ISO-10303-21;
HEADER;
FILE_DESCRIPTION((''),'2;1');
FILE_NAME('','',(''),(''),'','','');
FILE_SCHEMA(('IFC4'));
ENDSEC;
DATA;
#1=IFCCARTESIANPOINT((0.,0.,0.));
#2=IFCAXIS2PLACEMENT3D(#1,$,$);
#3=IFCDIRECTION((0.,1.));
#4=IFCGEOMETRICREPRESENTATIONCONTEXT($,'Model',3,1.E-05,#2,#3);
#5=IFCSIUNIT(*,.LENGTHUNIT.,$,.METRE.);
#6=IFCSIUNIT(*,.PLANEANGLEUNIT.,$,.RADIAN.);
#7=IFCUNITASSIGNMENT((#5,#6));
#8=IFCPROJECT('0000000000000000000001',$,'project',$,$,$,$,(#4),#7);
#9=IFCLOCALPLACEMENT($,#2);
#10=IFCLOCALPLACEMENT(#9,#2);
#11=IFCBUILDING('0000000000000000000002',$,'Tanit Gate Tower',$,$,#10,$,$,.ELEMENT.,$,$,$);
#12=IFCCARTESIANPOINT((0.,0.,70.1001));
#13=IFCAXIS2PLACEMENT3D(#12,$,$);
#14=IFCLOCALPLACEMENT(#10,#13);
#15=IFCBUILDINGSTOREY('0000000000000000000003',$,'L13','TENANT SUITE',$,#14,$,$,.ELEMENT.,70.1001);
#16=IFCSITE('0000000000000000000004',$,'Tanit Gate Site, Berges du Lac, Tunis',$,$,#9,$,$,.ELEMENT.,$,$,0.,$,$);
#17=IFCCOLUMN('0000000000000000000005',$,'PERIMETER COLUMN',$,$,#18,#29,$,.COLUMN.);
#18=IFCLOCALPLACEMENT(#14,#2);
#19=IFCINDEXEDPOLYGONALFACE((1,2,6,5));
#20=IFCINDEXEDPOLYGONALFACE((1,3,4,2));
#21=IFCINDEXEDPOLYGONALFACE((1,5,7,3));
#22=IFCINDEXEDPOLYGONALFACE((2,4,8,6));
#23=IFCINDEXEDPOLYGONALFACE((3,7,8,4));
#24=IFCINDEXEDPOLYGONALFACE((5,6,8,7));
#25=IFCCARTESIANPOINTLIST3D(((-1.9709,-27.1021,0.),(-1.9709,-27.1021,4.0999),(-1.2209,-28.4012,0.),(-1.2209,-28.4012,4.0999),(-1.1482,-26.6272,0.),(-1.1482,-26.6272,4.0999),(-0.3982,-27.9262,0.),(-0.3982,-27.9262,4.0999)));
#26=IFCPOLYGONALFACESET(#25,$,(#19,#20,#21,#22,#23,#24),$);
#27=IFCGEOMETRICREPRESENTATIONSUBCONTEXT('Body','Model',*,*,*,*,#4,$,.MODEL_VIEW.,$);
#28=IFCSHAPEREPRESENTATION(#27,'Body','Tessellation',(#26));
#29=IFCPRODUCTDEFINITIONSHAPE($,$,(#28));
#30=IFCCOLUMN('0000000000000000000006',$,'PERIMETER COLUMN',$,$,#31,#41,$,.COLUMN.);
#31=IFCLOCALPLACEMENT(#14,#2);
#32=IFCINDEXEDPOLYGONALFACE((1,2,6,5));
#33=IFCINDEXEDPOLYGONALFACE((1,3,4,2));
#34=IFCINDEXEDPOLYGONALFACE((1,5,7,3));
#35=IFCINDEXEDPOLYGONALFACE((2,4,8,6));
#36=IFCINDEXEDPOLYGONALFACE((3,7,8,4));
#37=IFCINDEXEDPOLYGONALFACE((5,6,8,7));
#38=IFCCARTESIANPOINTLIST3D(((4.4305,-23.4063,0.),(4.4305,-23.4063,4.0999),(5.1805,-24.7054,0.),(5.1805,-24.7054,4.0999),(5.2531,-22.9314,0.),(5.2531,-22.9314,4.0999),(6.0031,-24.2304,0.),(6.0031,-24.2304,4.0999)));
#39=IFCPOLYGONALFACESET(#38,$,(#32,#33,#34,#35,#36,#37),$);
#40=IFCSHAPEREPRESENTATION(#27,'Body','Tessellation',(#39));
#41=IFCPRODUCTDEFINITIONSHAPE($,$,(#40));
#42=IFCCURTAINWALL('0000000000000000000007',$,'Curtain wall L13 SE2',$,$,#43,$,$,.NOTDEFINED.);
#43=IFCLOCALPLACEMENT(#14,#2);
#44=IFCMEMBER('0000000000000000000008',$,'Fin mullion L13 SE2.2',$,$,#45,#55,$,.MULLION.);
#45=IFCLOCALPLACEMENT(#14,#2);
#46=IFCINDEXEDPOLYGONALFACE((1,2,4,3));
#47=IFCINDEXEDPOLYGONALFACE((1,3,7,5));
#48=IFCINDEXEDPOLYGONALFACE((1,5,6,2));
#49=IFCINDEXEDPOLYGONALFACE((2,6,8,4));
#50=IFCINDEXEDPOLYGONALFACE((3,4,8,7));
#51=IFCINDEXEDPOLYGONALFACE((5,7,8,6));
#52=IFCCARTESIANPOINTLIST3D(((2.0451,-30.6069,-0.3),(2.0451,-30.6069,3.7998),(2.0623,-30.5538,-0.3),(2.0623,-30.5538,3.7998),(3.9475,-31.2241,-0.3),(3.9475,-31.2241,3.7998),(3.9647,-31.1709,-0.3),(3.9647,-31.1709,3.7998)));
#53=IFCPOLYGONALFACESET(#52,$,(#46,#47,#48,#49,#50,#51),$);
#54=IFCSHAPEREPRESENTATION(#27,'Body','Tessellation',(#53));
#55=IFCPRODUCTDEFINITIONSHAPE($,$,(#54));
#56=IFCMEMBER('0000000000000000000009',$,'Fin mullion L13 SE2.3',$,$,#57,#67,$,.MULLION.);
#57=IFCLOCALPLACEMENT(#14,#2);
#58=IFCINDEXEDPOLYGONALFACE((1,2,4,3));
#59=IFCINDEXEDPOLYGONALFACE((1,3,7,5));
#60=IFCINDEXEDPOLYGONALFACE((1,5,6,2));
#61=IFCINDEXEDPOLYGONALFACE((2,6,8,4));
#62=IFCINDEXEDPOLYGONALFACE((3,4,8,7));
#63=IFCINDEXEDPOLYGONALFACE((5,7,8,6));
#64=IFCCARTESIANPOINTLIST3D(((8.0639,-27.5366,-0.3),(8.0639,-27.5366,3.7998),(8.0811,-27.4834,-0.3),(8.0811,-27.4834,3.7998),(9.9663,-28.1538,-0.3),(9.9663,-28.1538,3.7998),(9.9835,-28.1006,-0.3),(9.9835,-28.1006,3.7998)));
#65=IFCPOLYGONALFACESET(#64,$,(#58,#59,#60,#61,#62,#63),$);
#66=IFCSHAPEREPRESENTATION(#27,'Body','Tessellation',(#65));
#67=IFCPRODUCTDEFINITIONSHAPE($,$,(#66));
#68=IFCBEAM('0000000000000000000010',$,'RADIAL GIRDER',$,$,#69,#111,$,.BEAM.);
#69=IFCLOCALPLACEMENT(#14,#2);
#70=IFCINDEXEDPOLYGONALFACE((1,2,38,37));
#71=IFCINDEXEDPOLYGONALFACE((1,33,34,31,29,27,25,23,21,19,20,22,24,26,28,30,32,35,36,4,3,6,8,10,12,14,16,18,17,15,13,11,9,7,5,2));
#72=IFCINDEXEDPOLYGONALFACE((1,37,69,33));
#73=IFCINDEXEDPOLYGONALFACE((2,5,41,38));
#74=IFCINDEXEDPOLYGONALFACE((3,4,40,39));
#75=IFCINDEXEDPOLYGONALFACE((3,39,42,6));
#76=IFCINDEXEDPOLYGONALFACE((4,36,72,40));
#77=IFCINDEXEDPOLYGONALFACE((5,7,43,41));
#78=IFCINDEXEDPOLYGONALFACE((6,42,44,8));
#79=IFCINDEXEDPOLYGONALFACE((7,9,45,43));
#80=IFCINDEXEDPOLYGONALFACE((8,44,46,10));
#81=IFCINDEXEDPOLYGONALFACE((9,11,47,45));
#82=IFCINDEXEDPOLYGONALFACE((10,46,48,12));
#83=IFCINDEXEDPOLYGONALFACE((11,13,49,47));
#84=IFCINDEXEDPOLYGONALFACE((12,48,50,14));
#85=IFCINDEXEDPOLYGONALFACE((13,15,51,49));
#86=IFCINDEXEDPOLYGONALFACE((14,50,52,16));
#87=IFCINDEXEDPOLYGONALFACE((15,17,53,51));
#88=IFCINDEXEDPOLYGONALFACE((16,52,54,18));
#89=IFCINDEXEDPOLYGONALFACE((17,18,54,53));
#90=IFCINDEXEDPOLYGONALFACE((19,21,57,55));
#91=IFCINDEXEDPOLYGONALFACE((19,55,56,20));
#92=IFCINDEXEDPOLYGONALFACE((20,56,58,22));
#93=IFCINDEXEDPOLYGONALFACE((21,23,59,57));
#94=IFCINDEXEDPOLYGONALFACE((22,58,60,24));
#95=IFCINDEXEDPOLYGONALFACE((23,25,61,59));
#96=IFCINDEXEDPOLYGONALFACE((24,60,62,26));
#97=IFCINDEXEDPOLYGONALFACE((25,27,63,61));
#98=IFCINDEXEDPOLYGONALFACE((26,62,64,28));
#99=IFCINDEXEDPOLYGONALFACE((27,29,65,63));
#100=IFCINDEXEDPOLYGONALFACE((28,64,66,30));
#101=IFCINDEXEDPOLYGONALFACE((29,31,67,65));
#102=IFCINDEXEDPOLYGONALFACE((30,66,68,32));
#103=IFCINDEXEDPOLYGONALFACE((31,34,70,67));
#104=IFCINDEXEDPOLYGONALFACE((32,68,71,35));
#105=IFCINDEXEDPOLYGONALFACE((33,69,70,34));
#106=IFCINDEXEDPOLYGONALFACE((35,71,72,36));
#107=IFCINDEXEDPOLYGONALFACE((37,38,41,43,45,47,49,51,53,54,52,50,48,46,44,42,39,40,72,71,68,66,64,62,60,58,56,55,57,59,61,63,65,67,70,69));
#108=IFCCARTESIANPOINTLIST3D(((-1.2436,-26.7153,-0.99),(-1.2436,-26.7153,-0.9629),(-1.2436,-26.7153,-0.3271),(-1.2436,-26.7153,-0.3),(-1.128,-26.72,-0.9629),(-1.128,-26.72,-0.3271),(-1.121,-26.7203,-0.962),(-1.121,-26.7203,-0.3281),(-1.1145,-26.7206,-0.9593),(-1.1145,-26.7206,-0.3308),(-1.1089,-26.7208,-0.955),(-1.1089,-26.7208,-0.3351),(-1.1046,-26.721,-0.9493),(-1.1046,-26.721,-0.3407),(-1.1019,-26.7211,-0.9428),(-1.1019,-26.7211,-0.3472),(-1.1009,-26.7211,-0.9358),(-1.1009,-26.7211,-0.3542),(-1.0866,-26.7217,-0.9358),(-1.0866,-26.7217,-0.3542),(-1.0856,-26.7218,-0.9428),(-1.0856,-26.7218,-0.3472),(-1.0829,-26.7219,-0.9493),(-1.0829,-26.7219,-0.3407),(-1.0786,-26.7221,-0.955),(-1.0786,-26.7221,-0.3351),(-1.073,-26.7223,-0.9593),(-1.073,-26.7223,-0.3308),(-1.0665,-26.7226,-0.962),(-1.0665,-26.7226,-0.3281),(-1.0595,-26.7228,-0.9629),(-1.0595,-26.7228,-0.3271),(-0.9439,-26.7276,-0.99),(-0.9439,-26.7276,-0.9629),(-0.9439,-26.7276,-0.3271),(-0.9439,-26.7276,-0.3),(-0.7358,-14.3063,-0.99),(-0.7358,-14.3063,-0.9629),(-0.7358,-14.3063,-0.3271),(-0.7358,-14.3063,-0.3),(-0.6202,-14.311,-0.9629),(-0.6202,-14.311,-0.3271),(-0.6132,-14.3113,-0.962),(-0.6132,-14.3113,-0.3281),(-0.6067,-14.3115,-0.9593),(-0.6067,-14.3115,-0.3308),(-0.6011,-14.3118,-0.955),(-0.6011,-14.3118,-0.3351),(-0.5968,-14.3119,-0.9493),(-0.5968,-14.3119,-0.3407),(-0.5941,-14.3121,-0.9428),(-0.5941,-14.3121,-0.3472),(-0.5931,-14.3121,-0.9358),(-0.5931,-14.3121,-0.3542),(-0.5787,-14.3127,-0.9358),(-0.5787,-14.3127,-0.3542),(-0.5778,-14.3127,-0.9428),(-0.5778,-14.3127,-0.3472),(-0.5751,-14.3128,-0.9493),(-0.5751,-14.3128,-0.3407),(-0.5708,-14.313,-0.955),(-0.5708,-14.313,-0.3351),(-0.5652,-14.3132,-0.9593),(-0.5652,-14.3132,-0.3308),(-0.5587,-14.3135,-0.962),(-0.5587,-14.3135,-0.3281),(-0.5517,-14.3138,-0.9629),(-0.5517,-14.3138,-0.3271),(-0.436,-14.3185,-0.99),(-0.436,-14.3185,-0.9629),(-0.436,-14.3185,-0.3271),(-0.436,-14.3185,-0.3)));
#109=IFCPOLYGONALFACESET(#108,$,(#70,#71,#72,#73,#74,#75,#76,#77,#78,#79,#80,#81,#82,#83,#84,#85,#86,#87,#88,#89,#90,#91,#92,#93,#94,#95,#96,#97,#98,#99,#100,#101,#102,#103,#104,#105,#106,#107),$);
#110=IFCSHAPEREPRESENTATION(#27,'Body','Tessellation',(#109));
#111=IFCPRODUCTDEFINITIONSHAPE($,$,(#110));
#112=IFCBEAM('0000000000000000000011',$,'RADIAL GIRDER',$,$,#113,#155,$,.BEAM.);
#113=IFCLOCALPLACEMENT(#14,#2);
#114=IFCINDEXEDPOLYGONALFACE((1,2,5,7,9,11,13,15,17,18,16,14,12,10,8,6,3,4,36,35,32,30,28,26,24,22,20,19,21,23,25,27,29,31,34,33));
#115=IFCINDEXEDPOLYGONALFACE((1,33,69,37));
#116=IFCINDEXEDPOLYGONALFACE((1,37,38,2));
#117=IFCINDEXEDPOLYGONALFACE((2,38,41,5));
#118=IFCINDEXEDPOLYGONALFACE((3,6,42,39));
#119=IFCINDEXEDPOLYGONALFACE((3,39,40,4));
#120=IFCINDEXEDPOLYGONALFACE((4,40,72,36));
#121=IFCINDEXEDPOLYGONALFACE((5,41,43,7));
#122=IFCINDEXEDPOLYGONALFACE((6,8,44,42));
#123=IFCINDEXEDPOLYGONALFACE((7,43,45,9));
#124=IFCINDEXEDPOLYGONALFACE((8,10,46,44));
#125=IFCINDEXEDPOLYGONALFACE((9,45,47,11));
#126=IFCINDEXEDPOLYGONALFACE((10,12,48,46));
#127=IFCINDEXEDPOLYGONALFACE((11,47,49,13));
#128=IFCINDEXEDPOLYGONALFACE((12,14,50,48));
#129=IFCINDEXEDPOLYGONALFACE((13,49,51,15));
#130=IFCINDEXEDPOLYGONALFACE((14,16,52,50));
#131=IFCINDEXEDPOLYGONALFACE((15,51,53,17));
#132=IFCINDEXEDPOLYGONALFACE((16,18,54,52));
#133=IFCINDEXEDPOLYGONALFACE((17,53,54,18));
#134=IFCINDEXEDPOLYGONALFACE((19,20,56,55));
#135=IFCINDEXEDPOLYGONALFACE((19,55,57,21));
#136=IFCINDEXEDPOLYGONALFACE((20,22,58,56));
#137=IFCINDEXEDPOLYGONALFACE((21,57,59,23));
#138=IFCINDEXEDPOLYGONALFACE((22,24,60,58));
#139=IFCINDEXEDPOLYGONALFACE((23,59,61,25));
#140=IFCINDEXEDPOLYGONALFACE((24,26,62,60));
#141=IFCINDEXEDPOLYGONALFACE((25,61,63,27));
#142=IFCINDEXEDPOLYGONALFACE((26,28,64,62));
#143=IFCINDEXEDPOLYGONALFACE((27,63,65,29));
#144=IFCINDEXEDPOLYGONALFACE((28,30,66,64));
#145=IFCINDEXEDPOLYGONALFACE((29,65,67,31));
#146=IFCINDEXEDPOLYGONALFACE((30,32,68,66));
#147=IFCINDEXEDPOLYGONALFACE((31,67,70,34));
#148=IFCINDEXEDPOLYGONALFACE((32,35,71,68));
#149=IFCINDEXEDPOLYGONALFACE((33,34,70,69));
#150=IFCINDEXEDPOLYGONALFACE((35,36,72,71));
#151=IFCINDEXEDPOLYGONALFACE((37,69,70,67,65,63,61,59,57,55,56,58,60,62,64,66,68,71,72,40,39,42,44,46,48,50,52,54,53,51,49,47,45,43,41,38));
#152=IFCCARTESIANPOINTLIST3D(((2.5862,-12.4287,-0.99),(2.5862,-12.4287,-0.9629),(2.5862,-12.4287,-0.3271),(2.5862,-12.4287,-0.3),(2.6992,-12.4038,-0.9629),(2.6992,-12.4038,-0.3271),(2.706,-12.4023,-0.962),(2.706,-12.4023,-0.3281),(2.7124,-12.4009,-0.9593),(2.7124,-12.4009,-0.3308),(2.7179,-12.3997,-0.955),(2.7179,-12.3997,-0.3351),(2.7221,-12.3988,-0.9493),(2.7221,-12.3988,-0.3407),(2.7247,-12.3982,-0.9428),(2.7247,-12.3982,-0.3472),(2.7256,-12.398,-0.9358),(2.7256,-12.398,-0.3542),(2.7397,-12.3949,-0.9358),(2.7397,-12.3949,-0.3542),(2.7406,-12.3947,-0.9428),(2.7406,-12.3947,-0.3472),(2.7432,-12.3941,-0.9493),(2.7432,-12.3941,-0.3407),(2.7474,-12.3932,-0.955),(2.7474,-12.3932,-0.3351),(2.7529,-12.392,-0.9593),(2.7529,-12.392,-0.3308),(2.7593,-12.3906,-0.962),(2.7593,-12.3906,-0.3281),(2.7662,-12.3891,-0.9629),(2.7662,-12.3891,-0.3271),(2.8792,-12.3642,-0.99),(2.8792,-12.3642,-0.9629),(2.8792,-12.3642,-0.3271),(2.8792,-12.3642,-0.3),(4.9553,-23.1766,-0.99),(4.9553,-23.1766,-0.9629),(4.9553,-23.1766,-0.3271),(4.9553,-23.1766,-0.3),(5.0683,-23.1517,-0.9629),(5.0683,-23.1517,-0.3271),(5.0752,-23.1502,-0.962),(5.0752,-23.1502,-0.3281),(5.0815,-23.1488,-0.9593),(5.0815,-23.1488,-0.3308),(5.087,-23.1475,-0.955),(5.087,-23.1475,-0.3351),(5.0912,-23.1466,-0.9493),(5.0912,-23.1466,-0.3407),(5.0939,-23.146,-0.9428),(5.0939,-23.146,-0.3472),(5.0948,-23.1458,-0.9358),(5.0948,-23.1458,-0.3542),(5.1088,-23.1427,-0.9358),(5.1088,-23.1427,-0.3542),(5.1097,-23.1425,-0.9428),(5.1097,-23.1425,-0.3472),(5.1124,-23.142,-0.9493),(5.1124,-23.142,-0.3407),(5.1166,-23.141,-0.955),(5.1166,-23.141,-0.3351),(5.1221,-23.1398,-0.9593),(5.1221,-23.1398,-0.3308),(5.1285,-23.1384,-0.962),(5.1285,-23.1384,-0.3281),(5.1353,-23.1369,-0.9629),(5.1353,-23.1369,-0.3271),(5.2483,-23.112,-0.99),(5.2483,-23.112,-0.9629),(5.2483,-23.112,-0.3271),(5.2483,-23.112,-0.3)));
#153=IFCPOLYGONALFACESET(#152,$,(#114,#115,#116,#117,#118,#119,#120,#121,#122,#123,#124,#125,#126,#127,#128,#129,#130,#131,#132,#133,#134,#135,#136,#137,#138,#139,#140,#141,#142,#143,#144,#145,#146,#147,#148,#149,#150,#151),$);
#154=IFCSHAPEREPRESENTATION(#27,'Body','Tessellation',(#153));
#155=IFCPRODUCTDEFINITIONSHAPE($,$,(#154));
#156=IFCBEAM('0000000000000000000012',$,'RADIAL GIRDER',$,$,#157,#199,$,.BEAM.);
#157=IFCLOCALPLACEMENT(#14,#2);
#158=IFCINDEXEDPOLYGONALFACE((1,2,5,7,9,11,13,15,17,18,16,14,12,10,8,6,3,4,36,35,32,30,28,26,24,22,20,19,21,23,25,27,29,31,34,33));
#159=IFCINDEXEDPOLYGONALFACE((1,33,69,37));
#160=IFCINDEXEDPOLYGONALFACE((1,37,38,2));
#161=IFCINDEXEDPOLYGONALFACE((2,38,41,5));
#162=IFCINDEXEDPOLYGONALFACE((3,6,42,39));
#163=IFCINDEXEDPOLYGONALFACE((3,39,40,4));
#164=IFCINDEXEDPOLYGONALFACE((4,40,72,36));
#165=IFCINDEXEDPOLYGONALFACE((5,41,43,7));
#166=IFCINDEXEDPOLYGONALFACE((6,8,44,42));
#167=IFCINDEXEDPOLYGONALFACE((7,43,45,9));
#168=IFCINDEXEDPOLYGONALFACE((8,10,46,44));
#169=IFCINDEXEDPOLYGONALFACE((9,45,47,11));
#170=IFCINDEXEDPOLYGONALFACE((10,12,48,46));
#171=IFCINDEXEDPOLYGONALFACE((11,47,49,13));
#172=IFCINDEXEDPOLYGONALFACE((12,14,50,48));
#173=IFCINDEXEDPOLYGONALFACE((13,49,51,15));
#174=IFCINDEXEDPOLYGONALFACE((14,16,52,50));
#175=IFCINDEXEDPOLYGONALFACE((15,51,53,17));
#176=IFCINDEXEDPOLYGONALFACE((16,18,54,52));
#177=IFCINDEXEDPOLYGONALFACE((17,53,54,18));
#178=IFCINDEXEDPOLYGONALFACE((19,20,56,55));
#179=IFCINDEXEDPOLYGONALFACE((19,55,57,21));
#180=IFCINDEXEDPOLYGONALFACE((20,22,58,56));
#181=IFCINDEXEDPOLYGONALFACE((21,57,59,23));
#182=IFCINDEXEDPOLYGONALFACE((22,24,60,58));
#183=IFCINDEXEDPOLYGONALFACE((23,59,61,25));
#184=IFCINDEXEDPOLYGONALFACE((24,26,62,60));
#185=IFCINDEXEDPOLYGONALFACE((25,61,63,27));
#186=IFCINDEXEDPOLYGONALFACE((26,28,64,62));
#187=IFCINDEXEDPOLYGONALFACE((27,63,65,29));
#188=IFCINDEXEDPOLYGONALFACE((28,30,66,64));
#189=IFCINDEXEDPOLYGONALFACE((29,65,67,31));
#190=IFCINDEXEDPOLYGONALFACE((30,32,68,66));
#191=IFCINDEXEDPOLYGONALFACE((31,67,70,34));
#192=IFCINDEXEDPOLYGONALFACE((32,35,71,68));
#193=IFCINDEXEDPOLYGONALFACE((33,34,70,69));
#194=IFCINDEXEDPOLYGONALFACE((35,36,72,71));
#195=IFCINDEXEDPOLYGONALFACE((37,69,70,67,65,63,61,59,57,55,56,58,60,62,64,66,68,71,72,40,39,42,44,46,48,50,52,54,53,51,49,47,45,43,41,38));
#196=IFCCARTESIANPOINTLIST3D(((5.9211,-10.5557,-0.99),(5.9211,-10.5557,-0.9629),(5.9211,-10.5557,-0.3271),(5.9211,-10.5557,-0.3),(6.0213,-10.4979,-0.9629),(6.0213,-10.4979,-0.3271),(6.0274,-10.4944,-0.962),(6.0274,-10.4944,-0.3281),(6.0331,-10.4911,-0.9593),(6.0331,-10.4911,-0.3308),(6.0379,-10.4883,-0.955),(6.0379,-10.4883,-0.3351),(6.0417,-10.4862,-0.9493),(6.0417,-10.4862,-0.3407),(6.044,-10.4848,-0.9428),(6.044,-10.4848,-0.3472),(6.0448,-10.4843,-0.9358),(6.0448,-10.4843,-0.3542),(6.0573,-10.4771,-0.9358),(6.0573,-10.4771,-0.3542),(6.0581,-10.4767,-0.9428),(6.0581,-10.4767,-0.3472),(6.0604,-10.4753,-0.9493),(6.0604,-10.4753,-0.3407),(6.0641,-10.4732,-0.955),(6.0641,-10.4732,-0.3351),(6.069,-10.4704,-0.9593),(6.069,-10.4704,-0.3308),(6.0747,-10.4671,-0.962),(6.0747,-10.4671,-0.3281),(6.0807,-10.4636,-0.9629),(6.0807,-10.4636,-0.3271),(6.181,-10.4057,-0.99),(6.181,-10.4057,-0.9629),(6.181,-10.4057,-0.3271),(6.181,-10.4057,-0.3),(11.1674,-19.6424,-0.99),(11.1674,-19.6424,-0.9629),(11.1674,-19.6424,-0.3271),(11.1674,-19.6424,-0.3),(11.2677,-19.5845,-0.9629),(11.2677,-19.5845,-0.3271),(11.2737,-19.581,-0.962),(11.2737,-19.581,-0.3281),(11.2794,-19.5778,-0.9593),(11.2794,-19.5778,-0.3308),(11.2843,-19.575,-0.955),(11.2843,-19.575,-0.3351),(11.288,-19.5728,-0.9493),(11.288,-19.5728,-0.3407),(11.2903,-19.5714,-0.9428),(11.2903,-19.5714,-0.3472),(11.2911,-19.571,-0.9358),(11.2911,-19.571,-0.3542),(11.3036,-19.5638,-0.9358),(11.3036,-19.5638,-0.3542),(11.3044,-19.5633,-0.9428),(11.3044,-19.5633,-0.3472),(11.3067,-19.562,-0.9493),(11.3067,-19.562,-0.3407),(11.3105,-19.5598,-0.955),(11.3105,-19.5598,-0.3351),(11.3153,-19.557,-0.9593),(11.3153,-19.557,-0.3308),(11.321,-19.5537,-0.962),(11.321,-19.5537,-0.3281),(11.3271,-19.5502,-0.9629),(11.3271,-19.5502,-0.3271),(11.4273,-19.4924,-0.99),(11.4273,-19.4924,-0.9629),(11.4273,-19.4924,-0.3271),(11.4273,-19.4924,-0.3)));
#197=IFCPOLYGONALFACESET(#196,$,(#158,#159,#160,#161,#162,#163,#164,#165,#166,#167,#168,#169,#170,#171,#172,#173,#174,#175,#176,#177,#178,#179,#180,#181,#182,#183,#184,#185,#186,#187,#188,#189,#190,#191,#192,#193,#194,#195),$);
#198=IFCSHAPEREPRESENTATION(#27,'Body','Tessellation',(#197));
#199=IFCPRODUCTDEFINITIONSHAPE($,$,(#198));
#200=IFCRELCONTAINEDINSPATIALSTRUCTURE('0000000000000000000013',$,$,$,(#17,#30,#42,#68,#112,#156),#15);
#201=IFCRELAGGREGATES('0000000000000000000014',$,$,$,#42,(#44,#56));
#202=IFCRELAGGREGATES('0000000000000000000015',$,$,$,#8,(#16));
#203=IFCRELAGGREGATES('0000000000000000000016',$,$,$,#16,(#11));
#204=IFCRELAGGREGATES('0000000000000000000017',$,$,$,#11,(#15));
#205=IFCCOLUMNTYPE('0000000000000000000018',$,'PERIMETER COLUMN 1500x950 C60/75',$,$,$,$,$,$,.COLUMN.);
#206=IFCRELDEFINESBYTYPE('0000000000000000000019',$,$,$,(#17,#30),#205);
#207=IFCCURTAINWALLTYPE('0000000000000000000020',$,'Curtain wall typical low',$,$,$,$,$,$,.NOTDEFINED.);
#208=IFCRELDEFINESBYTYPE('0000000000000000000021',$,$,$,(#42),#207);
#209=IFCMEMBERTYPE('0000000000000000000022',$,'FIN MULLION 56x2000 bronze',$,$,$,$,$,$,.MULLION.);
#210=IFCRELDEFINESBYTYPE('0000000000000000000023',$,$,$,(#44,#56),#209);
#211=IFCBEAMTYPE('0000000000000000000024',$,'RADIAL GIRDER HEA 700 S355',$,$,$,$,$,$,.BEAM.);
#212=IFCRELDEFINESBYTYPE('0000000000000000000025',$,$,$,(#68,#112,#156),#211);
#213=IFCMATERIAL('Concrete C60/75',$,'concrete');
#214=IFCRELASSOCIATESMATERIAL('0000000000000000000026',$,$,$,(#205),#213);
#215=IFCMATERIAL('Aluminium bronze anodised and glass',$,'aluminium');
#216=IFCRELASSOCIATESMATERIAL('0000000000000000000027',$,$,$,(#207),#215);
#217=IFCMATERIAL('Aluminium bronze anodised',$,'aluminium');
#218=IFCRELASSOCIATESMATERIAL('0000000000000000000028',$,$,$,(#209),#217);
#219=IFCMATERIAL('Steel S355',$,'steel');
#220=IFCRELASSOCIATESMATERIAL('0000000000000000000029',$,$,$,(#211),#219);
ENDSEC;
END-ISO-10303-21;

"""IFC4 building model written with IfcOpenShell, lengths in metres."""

from ifc_helpers import new_model, si_unit, direction, frame, origin, origin_2d, place, context, subcontext, project, spatial, rectangle, i_section, extrude, material, material_profile, profile_set, type_object, element, aggregate, save


model = new_model("IFC4")

# Units and contexts
model_context = context("Model", 3, precision=1e-05, world=origin(), true_north=direction((0.0, 1.0)))
body_context = subcontext(model_context, "Body", "Model", "MODEL_VIEW")
ifc_project = project(units=[si_unit("LENGTHUNIT", "METRE"), si_unit("PLANEANGLEUNIT", "RADIAN")], contexts=[model_context])

# Site, building, storey
site_placement = place(None, origin())
site = spatial("IfcSite", under=ifc_project, at=site_placement, Name="Tanit Gate Site, Berges du Lac, Tunis", CompositionType="ELEMENT", RefElevation=0.0)
building_placement = place(site_placement, origin())
building = spatial("IfcBuilding", under=site, at=building_placement, Name="Tanit Gate Tower", CompositionType="ELEMENT")
storey_placement = place(building_placement, frame((0.0, 0.0, 70.1001)))
storey = spatial("IfcBuildingStorey", under=building, at=storey_placement, Name="L13", Description="TENANT SUITE", CompositionType="ELEMENT", Elevation=70.1001)

# Columns
ifc_material_1 = material(Name="Concrete C60/75", Category="concrete")
ifc_material_profile_1 = material_profile(ifc_material_1, rectangle(XDim=1.5, YDim=0.95, at=origin_2d()), Name="RC 1500x950")
ifc_profile_set_1 = profile_set([ifc_material_profile_1], Name="Concrete C60/75")
column_type = type_object("IfcColumnType", Name="PERIMETER COLUMN 1500x950 C60/75", PredefinedType="COLUMN", material=ifc_profile_set_1)
for number, where, z_axis, x_axis, name in (
    (1, (-1.1846, -27.5142, 0.0), (0.0, 0.0, 1.0), (0.5, -0.866025, 0.0), "PERIMETER COLUMN"),
    (2, (5.2168, -23.8184, 0.0), (0.0, 0.0, 1.0), (0.5, -0.866025, 0.0), "PERIMETER COLUMN"),
):
    element("IfcColumn", number, at=place(storey_placement, frame(where, z_axis=z_axis, x_axis=x_axis)), inside=storey, type_object=column_type, Name=name, PredefinedType="COLUMN", context=body_context, shape_type="SweptSolid", body=[
        extrude(rectangle(XDim=1.5, YDim=0.95, at=origin_2d()), origin(), (0.0, 0.0, 1.0), 4.0999),
    ])

# Curtain wall, members
ifc_material_2 = material(Name="Aluminium bronze anodised and glass", Category="aluminium")
curtain_wall_type = type_object("IfcCurtainWallType", Name="Curtain wall typical low", PredefinedType="NOTDEFINED", material=ifc_material_2)
curtain_wall_placement = place(storey_placement, origin())
curtain_wall = element("IfcCurtainWall", 3, at=curtain_wall_placement, inside=storey, type_object=curtain_wall_type, Name="Curtain wall L13 SE2", PredefinedType="NOTDEFINED")
ifc_material_3 = material(Name="Aluminium bronze anodised", Category="aluminium")
ifc_material_profile_2 = material_profile(ifc_material_3, rectangle(XDim=2.0, YDim=0.0559, at=origin_2d()), Name="56x2000 bronze fin mullion")
ifc_profile_set_2 = profile_set([ifc_material_profile_2], Name="Aluminium bronze anodised")
member_type_1 = type_object("IfcMemberType", Name="FIN MULLION 56x2000 bronze", PredefinedType="MULLION", material=ifc_profile_set_2)
member_1_placement = place(storey_placement, frame((3.0049, -30.8889, -0.3), z_axis=(0.0, 0.0, 1.0), x_axis=(-0.951202, 0.308568, 0.0)))
member_1 = element("IfcMember", 4, at=member_1_placement, type_object=member_type_1, Name="Fin mullion L13 SE2.2", PredefinedType="MULLION", context=body_context, shape_type="SweptSolid", body=[
    extrude(rectangle(XDim=2.0, YDim=0.0559, at=origin_2d()), origin(), (0.0, 0.0, 1.0), 4.0999),
])
member_2_placement = place(storey_placement, frame((9.0237, -27.8186, -0.3), z_axis=(0.0, 0.0, 1.0), x_axis=(-0.951202, 0.308568, 0.0)))
member_2 = element("IfcMember", 5, at=member_2_placement, type_object=member_type_1, Name="Fin mullion L13 SE2.3", PredefinedType="MULLION", context=body_context, shape_type="SweptSolid", body=[
    extrude(rectangle(XDim=2.0, YDim=0.0559, at=origin_2d()), origin(), (0.0, 0.0, 1.0), 4.0999),
])

# Beams
ifc_material_4 = material(Name="Steel S355", Category="steel")
ifc_material_profile_3 = material_profile(ifc_material_4, i_section(OverallWidth=0.3, OverallDepth=0.6899, WebThickness=0.0144, FlangeThickness=0.0271, FilletRadius=0.0271, at=origin_2d()), Name="HEA 700")
ifc_profile_set_3 = profile_set([ifc_material_profile_3], Name="Steel S355")
beam_type = type_object("IfcBeamType", Name="RADIAL GIRDER HEA 700 S355", PredefinedType="BEAM", material=ifc_profile_set_3)
beam_1_placement = place(storey_placement, frame((-1.0938, -26.7214, -0.645), z_axis=(0.040889, 0.999164, 0.0), x_axis=(-0.999164, 0.040889, 0.0)))
element("IfcBeam", 6, at=beam_1_placement, inside=storey, type_object=beam_type, Name="RADIAL GIRDER", PredefinedType="BEAM", context=body_context, shape_type="SweptSolid", body=[
    extrude(i_section(OverallWidth=0.3, OverallDepth=0.6899, WebThickness=0.0144, FlangeThickness=0.0271, FilletRadius=0.0271, at=origin_2d()), origin(), (0.0, 0.0, 1.0), 12.4194),
])
beam_2_placement = place(storey_placement, frame((5.1018, -23.1443, -0.645), z_axis=(-0.215263, 0.976556, 0.0), x_axis=(-0.976556, -0.215263, 0.0)))
element("IfcBeam", 7, at=beam_2_placement, inside=storey, type_object=beam_type, Name="RADIAL GIRDER", PredefinedType="BEAM", context=body_context, shape_type="SweptSolid", body=[
    extrude(i_section(OverallWidth=0.3, OverallDepth=0.6899, WebThickness=0.0144, FlangeThickness=0.0271, FilletRadius=0.0271, at=origin_2d()), origin(), (0.0, 0.0, 1.0), 11.0059),
])
beam_3_placement = place(storey_placement, frame((11.2974, -19.5674, -0.645), z_axis=(-0.50001, 0.866019, 0.0), x_axis=(-0.866019, -0.50001, 0.0)))
element("IfcBeam", 8, at=beam_3_placement, inside=storey, type_object=beam_type, Name="RADIAL GIRDER", PredefinedType="BEAM", context=body_context, shape_type="SweptSolid", body=[
    extrude(i_section(OverallWidth=0.3, OverallDepth=0.6899, WebThickness=0.0144, FlangeThickness=0.0271, FilletRadius=0.0271, at=origin_2d()), origin(), (0.0, 0.0, 1.0), 10.4924),
])

aggregate(curtain_wall, [member_1, member_2])

save(model, "model.ifc")
